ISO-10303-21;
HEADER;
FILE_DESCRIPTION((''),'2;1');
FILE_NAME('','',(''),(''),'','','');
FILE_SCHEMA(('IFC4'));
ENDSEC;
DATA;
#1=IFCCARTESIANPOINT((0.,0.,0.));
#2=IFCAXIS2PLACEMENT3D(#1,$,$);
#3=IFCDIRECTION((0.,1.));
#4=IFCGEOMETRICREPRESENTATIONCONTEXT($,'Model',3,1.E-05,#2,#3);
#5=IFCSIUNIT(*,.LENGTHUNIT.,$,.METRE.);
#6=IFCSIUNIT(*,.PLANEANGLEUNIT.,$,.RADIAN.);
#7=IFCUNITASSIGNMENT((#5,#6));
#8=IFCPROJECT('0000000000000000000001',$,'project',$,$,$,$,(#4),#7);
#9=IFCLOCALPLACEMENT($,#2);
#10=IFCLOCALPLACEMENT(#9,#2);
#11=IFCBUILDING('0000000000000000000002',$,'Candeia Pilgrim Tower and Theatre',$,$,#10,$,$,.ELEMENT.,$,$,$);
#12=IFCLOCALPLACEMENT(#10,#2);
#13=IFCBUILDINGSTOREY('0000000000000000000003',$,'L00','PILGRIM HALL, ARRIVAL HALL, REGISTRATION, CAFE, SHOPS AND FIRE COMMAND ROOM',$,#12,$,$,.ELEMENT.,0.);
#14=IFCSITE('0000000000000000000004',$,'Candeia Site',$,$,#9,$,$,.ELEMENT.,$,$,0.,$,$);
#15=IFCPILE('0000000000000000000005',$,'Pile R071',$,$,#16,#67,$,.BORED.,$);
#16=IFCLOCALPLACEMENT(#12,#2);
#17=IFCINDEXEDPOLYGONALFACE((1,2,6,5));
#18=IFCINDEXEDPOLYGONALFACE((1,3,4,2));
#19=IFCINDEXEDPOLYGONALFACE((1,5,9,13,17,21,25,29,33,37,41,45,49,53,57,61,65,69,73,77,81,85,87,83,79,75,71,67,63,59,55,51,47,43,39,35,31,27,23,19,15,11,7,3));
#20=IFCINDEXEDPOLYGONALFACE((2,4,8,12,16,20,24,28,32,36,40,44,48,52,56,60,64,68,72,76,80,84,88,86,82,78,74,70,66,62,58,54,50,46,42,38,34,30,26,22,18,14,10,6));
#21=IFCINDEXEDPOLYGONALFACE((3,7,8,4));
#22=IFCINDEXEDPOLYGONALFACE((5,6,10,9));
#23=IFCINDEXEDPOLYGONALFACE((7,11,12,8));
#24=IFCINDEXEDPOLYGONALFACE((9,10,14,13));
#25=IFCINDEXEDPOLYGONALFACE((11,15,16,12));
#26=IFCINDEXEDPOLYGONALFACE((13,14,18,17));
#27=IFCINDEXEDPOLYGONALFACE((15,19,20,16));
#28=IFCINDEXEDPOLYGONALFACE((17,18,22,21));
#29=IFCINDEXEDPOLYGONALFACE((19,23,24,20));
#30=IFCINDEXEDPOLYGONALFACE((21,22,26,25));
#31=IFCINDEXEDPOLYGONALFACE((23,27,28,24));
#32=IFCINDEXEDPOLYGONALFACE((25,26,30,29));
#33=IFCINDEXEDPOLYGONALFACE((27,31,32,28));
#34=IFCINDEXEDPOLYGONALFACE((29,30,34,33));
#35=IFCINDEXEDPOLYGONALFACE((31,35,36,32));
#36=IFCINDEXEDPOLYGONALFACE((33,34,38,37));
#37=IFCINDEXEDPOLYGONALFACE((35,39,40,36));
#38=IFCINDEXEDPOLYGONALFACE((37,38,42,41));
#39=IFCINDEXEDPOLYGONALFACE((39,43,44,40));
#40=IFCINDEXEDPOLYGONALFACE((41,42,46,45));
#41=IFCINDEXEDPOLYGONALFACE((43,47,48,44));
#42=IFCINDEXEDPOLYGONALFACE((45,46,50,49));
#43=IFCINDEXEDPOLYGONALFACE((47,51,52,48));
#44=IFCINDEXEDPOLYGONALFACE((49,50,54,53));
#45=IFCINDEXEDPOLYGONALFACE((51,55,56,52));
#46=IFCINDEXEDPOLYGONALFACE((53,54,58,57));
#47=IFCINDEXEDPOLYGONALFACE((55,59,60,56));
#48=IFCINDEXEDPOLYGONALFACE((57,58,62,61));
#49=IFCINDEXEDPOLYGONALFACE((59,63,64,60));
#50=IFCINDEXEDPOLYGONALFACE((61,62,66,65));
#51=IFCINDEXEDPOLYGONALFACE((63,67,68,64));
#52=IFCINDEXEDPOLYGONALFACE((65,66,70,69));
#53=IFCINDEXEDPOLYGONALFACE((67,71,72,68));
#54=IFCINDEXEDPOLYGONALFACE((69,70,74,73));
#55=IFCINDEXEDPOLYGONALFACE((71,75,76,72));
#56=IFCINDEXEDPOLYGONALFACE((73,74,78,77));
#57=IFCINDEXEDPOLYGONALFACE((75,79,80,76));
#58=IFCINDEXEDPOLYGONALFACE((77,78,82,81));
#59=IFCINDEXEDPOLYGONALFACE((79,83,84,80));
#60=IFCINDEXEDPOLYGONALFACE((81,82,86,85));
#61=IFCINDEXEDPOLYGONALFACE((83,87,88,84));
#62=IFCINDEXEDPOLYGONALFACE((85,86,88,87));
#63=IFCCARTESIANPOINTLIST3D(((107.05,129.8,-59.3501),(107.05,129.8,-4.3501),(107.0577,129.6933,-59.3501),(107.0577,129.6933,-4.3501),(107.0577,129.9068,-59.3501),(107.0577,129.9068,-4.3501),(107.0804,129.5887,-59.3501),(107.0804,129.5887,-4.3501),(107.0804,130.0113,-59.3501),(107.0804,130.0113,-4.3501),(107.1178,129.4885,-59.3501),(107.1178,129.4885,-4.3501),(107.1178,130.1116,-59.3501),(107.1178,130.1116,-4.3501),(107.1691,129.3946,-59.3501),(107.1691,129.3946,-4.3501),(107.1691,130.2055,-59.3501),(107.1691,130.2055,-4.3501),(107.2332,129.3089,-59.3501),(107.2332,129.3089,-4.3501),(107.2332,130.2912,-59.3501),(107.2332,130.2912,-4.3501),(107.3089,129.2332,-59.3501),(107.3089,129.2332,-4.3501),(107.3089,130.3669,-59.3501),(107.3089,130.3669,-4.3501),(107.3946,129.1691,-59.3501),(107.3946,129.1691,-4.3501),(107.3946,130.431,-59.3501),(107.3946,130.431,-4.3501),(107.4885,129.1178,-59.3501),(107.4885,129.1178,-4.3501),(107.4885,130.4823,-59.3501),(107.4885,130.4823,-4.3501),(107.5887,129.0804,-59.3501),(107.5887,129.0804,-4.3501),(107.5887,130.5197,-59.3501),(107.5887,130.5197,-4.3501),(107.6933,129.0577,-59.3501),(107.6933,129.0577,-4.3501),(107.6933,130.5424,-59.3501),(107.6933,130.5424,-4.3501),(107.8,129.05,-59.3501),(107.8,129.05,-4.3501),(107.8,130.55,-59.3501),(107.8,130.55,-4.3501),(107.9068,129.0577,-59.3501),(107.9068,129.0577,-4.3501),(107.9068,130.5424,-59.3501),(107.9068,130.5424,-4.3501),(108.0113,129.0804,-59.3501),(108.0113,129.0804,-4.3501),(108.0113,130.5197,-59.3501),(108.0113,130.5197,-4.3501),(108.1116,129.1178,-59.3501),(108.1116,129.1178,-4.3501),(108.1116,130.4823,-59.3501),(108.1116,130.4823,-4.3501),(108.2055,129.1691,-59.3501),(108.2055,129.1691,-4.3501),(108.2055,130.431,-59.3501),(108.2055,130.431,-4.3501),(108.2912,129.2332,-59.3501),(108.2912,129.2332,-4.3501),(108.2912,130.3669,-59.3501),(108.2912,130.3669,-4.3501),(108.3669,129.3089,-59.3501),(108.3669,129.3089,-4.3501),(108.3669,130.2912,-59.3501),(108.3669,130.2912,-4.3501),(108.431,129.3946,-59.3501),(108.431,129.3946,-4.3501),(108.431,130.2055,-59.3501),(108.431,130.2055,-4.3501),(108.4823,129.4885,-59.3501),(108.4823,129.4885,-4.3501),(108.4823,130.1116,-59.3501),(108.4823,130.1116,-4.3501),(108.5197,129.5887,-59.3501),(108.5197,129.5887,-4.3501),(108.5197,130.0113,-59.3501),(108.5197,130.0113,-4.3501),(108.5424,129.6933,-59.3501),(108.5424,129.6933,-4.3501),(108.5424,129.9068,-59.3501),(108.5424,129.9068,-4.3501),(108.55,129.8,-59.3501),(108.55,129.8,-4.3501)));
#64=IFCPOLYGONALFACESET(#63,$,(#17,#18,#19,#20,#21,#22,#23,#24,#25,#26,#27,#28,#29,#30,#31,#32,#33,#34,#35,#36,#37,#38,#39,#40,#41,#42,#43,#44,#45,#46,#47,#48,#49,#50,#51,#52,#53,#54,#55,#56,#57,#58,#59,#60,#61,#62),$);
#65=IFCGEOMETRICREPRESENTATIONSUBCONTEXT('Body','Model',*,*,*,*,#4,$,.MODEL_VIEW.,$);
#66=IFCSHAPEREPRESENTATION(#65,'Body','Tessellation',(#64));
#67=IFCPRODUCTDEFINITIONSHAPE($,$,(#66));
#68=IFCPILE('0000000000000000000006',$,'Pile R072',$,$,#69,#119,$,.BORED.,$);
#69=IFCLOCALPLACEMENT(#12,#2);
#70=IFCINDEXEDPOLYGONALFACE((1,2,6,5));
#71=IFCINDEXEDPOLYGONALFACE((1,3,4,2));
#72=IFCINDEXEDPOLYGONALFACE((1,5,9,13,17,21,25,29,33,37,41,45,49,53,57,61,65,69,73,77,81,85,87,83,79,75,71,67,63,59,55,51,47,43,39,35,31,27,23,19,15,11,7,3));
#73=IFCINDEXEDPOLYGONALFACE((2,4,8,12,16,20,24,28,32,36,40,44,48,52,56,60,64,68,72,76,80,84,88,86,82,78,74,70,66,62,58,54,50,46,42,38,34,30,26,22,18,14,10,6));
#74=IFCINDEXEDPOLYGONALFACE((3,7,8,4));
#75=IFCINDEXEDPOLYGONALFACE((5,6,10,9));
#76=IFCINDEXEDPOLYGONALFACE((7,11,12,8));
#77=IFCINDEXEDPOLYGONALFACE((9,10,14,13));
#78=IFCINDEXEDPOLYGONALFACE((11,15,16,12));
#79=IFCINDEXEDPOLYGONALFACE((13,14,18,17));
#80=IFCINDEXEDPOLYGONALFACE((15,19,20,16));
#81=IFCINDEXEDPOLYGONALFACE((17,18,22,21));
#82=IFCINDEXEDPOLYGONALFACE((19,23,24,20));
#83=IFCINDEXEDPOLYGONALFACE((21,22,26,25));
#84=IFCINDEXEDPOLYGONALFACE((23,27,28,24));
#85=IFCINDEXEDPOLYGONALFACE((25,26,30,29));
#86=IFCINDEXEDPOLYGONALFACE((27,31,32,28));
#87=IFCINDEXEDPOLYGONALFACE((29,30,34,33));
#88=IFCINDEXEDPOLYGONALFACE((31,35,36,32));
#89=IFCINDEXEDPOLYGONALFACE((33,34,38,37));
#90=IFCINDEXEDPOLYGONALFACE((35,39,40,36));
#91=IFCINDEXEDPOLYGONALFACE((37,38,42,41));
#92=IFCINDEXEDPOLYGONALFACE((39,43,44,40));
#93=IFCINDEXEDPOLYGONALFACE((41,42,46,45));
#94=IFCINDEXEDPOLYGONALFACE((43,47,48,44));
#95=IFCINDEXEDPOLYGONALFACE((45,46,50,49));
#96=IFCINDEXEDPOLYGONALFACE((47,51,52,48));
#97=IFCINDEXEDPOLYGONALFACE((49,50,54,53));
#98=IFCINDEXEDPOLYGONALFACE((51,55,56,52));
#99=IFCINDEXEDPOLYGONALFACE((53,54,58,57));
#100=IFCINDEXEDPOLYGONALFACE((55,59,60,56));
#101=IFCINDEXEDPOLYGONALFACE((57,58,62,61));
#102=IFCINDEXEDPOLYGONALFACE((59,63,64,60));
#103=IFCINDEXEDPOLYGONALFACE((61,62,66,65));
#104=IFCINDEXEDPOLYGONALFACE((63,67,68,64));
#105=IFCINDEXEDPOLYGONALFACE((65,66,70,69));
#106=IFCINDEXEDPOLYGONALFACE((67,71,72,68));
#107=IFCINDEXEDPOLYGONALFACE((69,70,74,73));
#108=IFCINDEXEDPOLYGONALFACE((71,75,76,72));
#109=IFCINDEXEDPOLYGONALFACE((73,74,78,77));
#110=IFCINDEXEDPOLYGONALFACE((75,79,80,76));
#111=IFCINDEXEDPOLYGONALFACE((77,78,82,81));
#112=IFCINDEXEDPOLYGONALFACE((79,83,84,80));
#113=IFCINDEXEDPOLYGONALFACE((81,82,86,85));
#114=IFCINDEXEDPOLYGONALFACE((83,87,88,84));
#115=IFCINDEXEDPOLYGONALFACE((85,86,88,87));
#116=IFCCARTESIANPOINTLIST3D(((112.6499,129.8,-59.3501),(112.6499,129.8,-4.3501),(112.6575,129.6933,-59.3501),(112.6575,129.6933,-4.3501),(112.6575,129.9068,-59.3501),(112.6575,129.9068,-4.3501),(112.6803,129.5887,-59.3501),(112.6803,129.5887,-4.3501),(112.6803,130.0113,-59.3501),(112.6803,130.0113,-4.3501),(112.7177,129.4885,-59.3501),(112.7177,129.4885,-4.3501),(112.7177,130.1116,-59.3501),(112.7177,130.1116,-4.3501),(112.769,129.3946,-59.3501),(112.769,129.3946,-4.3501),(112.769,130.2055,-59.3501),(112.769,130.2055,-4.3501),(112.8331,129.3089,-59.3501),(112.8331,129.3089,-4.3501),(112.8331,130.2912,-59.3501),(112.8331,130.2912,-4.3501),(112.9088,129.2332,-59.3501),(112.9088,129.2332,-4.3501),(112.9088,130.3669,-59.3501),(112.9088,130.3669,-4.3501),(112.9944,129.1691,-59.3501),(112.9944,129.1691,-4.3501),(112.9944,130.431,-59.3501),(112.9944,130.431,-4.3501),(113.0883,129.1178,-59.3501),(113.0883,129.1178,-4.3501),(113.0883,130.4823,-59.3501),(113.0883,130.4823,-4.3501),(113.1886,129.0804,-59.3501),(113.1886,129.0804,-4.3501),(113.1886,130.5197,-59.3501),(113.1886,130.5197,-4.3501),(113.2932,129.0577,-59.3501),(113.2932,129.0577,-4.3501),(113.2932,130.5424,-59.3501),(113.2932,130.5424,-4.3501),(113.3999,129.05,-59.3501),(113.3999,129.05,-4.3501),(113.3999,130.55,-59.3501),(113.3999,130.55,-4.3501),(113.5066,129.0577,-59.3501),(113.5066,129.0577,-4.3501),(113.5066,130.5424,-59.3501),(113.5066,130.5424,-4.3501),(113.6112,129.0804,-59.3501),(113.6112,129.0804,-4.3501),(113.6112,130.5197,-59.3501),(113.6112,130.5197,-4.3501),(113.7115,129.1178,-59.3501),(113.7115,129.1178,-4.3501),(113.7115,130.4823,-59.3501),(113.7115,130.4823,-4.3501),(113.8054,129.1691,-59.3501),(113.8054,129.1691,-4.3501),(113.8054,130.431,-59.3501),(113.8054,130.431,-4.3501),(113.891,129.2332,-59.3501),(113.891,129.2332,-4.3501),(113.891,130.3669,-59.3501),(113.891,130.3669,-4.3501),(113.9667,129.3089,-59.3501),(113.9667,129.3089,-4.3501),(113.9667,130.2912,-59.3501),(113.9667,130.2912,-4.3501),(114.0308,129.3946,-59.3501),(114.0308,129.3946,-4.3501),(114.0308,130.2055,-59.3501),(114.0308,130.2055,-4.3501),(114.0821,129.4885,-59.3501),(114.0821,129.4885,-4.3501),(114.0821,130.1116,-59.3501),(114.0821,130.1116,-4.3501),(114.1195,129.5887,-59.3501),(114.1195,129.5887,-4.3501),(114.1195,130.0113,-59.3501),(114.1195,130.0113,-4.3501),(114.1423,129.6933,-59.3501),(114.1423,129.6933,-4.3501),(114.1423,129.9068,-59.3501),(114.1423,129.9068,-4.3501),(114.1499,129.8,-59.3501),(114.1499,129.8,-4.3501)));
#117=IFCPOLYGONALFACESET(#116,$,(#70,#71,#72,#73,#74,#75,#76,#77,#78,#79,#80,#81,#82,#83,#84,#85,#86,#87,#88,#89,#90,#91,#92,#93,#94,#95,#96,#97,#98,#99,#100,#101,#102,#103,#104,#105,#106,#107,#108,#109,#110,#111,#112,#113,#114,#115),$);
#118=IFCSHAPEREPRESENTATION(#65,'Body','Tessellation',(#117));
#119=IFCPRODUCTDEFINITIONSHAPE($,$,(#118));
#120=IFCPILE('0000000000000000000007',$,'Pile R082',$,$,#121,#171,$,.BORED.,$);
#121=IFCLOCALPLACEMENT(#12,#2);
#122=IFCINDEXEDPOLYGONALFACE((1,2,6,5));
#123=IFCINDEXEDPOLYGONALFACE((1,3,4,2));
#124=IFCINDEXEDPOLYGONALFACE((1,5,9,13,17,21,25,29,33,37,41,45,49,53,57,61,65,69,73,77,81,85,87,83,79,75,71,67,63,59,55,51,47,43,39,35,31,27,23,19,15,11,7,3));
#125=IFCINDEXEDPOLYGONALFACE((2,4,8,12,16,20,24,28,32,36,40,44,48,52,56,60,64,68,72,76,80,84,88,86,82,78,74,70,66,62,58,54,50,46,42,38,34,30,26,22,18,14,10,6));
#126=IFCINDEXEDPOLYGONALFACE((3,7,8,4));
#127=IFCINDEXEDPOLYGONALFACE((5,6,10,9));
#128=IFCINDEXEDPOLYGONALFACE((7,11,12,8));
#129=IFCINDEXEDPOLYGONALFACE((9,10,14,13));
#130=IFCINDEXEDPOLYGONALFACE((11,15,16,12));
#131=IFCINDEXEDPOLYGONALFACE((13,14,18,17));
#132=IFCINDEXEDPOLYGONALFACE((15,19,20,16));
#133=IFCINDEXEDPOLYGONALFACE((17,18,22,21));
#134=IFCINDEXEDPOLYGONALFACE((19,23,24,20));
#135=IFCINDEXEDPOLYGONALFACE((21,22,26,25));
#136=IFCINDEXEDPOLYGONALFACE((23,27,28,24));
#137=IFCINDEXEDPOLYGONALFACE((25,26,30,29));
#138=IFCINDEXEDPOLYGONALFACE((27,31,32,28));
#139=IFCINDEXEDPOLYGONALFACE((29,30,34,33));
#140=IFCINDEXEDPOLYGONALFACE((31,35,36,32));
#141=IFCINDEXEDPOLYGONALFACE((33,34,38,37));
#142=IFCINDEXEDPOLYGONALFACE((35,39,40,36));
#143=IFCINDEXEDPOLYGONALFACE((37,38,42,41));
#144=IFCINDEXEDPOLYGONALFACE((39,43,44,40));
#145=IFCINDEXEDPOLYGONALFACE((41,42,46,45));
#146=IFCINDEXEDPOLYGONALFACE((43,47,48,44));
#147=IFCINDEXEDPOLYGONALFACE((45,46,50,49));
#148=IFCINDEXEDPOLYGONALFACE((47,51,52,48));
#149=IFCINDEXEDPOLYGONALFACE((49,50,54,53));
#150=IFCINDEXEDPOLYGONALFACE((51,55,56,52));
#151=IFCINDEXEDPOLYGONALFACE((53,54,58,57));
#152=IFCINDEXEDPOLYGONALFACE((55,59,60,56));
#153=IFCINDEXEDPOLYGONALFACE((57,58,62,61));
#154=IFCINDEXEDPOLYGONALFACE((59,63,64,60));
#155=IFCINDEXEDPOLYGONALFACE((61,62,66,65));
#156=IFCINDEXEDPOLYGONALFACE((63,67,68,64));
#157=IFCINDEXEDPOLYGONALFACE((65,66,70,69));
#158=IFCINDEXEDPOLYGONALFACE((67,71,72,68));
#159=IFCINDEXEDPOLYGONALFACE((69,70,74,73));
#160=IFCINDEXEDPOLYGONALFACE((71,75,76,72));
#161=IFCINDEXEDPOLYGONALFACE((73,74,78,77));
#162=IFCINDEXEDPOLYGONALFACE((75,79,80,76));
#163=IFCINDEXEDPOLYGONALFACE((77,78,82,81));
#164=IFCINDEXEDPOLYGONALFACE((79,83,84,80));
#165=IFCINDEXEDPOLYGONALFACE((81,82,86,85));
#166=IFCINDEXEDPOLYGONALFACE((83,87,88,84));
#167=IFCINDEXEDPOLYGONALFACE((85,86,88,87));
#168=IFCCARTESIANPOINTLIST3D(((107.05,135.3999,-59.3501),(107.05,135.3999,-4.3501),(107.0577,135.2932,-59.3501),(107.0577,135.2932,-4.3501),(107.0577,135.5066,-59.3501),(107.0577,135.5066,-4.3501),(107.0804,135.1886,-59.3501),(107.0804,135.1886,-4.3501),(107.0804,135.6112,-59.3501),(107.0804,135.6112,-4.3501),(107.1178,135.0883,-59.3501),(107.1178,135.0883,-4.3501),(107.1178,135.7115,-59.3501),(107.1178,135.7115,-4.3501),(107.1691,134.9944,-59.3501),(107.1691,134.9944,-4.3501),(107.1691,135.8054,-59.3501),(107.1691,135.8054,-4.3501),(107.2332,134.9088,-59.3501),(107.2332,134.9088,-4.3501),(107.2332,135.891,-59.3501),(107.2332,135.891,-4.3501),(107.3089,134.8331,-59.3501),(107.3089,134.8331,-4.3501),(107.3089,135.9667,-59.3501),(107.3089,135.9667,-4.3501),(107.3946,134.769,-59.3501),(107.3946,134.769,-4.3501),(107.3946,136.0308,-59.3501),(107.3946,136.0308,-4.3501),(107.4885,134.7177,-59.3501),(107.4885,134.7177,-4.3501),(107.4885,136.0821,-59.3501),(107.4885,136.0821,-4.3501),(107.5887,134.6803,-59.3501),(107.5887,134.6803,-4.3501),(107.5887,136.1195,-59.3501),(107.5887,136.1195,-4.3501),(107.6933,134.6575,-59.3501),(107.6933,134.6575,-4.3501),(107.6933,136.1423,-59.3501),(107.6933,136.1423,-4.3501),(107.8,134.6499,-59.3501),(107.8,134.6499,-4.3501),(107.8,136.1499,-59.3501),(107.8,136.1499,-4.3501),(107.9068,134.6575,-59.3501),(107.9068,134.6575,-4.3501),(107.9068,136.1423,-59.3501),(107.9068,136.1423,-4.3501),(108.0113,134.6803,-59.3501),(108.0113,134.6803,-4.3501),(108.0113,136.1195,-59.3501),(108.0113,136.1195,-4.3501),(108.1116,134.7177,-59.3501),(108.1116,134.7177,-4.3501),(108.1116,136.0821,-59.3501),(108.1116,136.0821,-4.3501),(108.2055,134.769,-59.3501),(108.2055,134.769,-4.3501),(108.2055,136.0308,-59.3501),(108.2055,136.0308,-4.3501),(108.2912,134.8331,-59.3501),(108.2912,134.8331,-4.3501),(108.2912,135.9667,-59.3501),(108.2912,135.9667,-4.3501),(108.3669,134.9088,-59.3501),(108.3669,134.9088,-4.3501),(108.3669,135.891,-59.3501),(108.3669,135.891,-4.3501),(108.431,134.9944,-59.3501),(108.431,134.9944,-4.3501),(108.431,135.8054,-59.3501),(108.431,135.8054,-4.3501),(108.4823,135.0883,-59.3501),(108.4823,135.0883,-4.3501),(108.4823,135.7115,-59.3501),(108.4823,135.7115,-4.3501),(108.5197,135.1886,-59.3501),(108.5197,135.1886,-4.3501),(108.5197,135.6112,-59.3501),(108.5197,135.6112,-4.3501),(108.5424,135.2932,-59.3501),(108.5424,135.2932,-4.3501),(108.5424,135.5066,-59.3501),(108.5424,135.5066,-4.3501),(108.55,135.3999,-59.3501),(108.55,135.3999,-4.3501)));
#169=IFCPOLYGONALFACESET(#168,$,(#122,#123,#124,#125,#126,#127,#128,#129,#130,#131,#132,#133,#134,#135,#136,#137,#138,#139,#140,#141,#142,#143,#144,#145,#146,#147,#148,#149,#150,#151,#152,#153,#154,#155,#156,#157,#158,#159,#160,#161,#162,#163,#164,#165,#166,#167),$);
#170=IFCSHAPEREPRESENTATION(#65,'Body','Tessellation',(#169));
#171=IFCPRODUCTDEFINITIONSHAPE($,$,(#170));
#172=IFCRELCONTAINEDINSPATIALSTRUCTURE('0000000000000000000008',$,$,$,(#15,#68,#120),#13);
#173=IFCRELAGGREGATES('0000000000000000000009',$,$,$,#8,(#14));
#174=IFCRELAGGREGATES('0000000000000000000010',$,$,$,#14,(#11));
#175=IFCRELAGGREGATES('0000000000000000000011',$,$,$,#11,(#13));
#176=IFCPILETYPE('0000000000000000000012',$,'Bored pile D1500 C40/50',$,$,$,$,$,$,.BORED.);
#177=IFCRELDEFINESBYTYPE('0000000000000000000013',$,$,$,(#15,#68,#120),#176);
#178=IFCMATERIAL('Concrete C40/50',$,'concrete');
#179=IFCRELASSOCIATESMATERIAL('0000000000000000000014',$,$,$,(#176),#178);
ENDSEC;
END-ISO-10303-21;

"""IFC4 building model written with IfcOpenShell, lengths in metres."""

from ifc_helpers import new_model, si_unit, direction, frame, origin, origin_2d, place, context, subcontext, project, spatial, circle, extrude, material, material_profile, profile_set, type_object, element, save


model = new_model("IFC4")

# Units and contexts
model_context = context("Model", 3, precision=1e-05, world=origin(), true_north=direction((0.0, 1.0)))
body_context = subcontext(model_context, "Body", "Model", "MODEL_VIEW")
ifc_project = project(units=[si_unit("LENGTHUNIT", "METRE"), si_unit("PLANEANGLEUNIT", "RADIAN")], contexts=[model_context])

# Site, building, storey
site_placement = place(None, origin())
site = spatial("IfcSite", under=ifc_project, at=site_placement, Name="Candeia Site", CompositionType="ELEMENT", RefElevation=0.0)
building_placement = place(site_placement, origin())
building = spatial("IfcBuilding", under=site, at=building_placement, Name="Candeia Pilgrim Tower and Theatre", CompositionType="ELEMENT")
storey_placement = place(building_placement, origin())
storey = spatial("IfcBuildingStorey", under=building, at=storey_placement, Name="L00", Description="PILGRIM HALL, ARRIVAL HALL, REGISTRATION, CAFE, SHOPS AND FIRE COMMAND ROOM", CompositionType="ELEMENT", Elevation=0.0)

# Piles
ifc_material_1 = material(Name="Concrete C40/50", Category="concrete")
ifc_material_profile_1 = material_profile(ifc_material_1, circle(Radius=0.75, at=origin_2d()))
ifc_profile_set_1 = profile_set([ifc_material_profile_1], Name="Concrete C40/50")
pile_type = type_object("IfcPileType", Name="Bored pile D1500 C40/50", PredefinedType="BORED", material=ifc_profile_set_1)
for number, where, z_axis, x_axis, name in (
    (1, (107.8, 129.8, -4.3501), (0.0, 0.0, -1.0), (1.0, 0.0, 0.0), "Pile R071"),
    (2, (113.3999, 129.8, -4.3501), (0.0, 0.0, -1.0), (1.0, 0.0, 0.0), "Pile R072"),
    (3, (107.8, 135.3999, -4.3501), (0.0, 0.0, -1.0), (1.0, 0.0, 0.0), "Pile R082"),
):
    element("IfcPile", number, at=place(storey_placement, frame(where, z_axis=z_axis, x_axis=x_axis)), inside=storey, type_object=pile_type, Name=name, PredefinedType="BORED", context=body_context, shape_type="SweptSolid", body=[
        extrude(circle(Radius=0.75, at=origin_2d()), origin(), (0.0, 0.0, 1.0), 55.0),
    ])

save(model, "model.ifc")
